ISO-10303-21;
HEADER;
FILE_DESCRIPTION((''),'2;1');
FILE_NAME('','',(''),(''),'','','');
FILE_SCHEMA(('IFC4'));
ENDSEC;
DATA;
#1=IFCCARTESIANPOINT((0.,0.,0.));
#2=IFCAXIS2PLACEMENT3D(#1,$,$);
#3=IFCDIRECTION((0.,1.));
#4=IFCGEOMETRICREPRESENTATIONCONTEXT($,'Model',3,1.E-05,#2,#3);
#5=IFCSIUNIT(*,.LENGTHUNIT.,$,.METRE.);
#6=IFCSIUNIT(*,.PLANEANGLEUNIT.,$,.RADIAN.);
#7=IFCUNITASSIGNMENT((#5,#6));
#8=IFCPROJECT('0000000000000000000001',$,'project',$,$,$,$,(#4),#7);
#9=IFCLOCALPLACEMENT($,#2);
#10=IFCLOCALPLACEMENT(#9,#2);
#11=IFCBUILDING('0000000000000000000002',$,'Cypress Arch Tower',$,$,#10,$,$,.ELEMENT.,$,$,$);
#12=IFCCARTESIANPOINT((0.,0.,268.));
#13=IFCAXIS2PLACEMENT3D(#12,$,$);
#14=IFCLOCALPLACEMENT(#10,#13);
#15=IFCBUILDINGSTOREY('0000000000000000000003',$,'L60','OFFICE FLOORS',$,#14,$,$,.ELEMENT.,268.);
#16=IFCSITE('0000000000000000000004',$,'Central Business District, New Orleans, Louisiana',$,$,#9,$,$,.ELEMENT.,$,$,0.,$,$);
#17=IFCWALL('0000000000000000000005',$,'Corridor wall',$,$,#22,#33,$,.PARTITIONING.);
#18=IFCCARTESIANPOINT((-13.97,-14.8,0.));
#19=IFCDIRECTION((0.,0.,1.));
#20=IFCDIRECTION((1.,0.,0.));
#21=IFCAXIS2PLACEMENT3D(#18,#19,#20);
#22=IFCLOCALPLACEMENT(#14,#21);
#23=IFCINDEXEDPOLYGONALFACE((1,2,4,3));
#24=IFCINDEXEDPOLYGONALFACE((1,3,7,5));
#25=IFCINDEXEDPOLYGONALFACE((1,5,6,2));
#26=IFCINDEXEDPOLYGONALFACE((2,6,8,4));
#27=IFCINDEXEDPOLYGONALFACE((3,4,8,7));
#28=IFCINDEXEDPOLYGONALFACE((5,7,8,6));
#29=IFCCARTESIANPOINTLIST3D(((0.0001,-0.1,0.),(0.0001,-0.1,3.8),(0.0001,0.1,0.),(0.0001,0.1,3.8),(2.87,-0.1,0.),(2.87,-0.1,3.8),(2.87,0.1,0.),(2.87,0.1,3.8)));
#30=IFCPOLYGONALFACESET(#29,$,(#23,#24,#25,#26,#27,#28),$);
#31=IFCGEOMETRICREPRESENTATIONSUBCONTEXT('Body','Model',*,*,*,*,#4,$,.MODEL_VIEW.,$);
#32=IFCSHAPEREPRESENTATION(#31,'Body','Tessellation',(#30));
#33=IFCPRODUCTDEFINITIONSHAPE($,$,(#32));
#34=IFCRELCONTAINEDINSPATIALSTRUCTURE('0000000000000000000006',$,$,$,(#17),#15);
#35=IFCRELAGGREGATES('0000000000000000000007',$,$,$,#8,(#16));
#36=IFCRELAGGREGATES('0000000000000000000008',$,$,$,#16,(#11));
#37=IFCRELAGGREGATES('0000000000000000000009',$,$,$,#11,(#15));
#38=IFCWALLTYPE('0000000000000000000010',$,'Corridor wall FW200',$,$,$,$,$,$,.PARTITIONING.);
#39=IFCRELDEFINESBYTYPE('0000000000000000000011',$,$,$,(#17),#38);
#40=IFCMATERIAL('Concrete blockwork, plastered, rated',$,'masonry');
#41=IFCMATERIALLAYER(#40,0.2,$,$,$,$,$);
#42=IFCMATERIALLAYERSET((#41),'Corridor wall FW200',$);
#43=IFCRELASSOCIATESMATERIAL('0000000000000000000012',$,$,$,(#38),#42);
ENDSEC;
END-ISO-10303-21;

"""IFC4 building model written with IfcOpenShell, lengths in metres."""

from ifc_helpers import new_model, si_unit, direction, frame, frame_2d, origin, place, context, subcontext, project, spatial, rectangle, extrude, material, layer, layer_set, type_object, element, save


model = new_model("IFC4")

# Units and contexts
model_context = context("Model", 3, precision=1e-05, world=origin(), true_north=direction((0.0, 1.0)))
body_context = subcontext(model_context, "Body", "Model", "MODEL_VIEW")
ifc_project = project(units=[si_unit("LENGTHUNIT", "METRE"), si_unit("PLANEANGLEUNIT", "RADIAN")], contexts=[model_context])

# Site, building, storey
site_placement = place(None, origin())
site = spatial("IfcSite", under=ifc_project, at=site_placement, Name="Central Business District, New Orleans, Louisiana", CompositionType="ELEMENT", RefElevation=0.0)
building_placement = place(site_placement, origin())
building = spatial("IfcBuilding", under=site, at=building_placement, Name="Cypress Arch Tower", CompositionType="ELEMENT")
storey_placement = place(building_placement, frame((0.0, 0.0, 268.0)))
storey = spatial("IfcBuildingStorey", under=building, at=storey_placement, Name="L60", Description="OFFICE FLOORS", CompositionType="ELEMENT", Elevation=268.0)

# Wall
ifc_material_1 = material(Name="Concrete blockwork, plastered, rated", Category="masonry")
ifc_layer_1 = layer(ifc_material_1, 0.2)
ifc_layer_set_1 = layer_set([ifc_layer_1], Name="Corridor wall FW200")
wall_type_1 = type_object("IfcWallType", Name="Corridor wall FW200", PredefinedType="PARTITIONING", material=ifc_layer_set_1)
wall_1_placement = place(storey_placement, frame((-13.97, -14.8, 0.0), z_axis=(0.0, 0.0, 1.0), x_axis=(1.0, 0.0, 0.0)))
element("IfcWall", 1, at=wall_1_placement, inside=storey, type_object=wall_type_1, Name="Corridor wall", PredefinedType="PARTITIONING", context=body_context, shape_type="SweptSolid", body=[
    extrude(rectangle(XDim=2.8699, YDim=0.2, at=frame_2d((1.4351, 0.0))), origin(), (0.0, 0.0, 1.0), 3.8),
])

save(model, "model.ifc")
